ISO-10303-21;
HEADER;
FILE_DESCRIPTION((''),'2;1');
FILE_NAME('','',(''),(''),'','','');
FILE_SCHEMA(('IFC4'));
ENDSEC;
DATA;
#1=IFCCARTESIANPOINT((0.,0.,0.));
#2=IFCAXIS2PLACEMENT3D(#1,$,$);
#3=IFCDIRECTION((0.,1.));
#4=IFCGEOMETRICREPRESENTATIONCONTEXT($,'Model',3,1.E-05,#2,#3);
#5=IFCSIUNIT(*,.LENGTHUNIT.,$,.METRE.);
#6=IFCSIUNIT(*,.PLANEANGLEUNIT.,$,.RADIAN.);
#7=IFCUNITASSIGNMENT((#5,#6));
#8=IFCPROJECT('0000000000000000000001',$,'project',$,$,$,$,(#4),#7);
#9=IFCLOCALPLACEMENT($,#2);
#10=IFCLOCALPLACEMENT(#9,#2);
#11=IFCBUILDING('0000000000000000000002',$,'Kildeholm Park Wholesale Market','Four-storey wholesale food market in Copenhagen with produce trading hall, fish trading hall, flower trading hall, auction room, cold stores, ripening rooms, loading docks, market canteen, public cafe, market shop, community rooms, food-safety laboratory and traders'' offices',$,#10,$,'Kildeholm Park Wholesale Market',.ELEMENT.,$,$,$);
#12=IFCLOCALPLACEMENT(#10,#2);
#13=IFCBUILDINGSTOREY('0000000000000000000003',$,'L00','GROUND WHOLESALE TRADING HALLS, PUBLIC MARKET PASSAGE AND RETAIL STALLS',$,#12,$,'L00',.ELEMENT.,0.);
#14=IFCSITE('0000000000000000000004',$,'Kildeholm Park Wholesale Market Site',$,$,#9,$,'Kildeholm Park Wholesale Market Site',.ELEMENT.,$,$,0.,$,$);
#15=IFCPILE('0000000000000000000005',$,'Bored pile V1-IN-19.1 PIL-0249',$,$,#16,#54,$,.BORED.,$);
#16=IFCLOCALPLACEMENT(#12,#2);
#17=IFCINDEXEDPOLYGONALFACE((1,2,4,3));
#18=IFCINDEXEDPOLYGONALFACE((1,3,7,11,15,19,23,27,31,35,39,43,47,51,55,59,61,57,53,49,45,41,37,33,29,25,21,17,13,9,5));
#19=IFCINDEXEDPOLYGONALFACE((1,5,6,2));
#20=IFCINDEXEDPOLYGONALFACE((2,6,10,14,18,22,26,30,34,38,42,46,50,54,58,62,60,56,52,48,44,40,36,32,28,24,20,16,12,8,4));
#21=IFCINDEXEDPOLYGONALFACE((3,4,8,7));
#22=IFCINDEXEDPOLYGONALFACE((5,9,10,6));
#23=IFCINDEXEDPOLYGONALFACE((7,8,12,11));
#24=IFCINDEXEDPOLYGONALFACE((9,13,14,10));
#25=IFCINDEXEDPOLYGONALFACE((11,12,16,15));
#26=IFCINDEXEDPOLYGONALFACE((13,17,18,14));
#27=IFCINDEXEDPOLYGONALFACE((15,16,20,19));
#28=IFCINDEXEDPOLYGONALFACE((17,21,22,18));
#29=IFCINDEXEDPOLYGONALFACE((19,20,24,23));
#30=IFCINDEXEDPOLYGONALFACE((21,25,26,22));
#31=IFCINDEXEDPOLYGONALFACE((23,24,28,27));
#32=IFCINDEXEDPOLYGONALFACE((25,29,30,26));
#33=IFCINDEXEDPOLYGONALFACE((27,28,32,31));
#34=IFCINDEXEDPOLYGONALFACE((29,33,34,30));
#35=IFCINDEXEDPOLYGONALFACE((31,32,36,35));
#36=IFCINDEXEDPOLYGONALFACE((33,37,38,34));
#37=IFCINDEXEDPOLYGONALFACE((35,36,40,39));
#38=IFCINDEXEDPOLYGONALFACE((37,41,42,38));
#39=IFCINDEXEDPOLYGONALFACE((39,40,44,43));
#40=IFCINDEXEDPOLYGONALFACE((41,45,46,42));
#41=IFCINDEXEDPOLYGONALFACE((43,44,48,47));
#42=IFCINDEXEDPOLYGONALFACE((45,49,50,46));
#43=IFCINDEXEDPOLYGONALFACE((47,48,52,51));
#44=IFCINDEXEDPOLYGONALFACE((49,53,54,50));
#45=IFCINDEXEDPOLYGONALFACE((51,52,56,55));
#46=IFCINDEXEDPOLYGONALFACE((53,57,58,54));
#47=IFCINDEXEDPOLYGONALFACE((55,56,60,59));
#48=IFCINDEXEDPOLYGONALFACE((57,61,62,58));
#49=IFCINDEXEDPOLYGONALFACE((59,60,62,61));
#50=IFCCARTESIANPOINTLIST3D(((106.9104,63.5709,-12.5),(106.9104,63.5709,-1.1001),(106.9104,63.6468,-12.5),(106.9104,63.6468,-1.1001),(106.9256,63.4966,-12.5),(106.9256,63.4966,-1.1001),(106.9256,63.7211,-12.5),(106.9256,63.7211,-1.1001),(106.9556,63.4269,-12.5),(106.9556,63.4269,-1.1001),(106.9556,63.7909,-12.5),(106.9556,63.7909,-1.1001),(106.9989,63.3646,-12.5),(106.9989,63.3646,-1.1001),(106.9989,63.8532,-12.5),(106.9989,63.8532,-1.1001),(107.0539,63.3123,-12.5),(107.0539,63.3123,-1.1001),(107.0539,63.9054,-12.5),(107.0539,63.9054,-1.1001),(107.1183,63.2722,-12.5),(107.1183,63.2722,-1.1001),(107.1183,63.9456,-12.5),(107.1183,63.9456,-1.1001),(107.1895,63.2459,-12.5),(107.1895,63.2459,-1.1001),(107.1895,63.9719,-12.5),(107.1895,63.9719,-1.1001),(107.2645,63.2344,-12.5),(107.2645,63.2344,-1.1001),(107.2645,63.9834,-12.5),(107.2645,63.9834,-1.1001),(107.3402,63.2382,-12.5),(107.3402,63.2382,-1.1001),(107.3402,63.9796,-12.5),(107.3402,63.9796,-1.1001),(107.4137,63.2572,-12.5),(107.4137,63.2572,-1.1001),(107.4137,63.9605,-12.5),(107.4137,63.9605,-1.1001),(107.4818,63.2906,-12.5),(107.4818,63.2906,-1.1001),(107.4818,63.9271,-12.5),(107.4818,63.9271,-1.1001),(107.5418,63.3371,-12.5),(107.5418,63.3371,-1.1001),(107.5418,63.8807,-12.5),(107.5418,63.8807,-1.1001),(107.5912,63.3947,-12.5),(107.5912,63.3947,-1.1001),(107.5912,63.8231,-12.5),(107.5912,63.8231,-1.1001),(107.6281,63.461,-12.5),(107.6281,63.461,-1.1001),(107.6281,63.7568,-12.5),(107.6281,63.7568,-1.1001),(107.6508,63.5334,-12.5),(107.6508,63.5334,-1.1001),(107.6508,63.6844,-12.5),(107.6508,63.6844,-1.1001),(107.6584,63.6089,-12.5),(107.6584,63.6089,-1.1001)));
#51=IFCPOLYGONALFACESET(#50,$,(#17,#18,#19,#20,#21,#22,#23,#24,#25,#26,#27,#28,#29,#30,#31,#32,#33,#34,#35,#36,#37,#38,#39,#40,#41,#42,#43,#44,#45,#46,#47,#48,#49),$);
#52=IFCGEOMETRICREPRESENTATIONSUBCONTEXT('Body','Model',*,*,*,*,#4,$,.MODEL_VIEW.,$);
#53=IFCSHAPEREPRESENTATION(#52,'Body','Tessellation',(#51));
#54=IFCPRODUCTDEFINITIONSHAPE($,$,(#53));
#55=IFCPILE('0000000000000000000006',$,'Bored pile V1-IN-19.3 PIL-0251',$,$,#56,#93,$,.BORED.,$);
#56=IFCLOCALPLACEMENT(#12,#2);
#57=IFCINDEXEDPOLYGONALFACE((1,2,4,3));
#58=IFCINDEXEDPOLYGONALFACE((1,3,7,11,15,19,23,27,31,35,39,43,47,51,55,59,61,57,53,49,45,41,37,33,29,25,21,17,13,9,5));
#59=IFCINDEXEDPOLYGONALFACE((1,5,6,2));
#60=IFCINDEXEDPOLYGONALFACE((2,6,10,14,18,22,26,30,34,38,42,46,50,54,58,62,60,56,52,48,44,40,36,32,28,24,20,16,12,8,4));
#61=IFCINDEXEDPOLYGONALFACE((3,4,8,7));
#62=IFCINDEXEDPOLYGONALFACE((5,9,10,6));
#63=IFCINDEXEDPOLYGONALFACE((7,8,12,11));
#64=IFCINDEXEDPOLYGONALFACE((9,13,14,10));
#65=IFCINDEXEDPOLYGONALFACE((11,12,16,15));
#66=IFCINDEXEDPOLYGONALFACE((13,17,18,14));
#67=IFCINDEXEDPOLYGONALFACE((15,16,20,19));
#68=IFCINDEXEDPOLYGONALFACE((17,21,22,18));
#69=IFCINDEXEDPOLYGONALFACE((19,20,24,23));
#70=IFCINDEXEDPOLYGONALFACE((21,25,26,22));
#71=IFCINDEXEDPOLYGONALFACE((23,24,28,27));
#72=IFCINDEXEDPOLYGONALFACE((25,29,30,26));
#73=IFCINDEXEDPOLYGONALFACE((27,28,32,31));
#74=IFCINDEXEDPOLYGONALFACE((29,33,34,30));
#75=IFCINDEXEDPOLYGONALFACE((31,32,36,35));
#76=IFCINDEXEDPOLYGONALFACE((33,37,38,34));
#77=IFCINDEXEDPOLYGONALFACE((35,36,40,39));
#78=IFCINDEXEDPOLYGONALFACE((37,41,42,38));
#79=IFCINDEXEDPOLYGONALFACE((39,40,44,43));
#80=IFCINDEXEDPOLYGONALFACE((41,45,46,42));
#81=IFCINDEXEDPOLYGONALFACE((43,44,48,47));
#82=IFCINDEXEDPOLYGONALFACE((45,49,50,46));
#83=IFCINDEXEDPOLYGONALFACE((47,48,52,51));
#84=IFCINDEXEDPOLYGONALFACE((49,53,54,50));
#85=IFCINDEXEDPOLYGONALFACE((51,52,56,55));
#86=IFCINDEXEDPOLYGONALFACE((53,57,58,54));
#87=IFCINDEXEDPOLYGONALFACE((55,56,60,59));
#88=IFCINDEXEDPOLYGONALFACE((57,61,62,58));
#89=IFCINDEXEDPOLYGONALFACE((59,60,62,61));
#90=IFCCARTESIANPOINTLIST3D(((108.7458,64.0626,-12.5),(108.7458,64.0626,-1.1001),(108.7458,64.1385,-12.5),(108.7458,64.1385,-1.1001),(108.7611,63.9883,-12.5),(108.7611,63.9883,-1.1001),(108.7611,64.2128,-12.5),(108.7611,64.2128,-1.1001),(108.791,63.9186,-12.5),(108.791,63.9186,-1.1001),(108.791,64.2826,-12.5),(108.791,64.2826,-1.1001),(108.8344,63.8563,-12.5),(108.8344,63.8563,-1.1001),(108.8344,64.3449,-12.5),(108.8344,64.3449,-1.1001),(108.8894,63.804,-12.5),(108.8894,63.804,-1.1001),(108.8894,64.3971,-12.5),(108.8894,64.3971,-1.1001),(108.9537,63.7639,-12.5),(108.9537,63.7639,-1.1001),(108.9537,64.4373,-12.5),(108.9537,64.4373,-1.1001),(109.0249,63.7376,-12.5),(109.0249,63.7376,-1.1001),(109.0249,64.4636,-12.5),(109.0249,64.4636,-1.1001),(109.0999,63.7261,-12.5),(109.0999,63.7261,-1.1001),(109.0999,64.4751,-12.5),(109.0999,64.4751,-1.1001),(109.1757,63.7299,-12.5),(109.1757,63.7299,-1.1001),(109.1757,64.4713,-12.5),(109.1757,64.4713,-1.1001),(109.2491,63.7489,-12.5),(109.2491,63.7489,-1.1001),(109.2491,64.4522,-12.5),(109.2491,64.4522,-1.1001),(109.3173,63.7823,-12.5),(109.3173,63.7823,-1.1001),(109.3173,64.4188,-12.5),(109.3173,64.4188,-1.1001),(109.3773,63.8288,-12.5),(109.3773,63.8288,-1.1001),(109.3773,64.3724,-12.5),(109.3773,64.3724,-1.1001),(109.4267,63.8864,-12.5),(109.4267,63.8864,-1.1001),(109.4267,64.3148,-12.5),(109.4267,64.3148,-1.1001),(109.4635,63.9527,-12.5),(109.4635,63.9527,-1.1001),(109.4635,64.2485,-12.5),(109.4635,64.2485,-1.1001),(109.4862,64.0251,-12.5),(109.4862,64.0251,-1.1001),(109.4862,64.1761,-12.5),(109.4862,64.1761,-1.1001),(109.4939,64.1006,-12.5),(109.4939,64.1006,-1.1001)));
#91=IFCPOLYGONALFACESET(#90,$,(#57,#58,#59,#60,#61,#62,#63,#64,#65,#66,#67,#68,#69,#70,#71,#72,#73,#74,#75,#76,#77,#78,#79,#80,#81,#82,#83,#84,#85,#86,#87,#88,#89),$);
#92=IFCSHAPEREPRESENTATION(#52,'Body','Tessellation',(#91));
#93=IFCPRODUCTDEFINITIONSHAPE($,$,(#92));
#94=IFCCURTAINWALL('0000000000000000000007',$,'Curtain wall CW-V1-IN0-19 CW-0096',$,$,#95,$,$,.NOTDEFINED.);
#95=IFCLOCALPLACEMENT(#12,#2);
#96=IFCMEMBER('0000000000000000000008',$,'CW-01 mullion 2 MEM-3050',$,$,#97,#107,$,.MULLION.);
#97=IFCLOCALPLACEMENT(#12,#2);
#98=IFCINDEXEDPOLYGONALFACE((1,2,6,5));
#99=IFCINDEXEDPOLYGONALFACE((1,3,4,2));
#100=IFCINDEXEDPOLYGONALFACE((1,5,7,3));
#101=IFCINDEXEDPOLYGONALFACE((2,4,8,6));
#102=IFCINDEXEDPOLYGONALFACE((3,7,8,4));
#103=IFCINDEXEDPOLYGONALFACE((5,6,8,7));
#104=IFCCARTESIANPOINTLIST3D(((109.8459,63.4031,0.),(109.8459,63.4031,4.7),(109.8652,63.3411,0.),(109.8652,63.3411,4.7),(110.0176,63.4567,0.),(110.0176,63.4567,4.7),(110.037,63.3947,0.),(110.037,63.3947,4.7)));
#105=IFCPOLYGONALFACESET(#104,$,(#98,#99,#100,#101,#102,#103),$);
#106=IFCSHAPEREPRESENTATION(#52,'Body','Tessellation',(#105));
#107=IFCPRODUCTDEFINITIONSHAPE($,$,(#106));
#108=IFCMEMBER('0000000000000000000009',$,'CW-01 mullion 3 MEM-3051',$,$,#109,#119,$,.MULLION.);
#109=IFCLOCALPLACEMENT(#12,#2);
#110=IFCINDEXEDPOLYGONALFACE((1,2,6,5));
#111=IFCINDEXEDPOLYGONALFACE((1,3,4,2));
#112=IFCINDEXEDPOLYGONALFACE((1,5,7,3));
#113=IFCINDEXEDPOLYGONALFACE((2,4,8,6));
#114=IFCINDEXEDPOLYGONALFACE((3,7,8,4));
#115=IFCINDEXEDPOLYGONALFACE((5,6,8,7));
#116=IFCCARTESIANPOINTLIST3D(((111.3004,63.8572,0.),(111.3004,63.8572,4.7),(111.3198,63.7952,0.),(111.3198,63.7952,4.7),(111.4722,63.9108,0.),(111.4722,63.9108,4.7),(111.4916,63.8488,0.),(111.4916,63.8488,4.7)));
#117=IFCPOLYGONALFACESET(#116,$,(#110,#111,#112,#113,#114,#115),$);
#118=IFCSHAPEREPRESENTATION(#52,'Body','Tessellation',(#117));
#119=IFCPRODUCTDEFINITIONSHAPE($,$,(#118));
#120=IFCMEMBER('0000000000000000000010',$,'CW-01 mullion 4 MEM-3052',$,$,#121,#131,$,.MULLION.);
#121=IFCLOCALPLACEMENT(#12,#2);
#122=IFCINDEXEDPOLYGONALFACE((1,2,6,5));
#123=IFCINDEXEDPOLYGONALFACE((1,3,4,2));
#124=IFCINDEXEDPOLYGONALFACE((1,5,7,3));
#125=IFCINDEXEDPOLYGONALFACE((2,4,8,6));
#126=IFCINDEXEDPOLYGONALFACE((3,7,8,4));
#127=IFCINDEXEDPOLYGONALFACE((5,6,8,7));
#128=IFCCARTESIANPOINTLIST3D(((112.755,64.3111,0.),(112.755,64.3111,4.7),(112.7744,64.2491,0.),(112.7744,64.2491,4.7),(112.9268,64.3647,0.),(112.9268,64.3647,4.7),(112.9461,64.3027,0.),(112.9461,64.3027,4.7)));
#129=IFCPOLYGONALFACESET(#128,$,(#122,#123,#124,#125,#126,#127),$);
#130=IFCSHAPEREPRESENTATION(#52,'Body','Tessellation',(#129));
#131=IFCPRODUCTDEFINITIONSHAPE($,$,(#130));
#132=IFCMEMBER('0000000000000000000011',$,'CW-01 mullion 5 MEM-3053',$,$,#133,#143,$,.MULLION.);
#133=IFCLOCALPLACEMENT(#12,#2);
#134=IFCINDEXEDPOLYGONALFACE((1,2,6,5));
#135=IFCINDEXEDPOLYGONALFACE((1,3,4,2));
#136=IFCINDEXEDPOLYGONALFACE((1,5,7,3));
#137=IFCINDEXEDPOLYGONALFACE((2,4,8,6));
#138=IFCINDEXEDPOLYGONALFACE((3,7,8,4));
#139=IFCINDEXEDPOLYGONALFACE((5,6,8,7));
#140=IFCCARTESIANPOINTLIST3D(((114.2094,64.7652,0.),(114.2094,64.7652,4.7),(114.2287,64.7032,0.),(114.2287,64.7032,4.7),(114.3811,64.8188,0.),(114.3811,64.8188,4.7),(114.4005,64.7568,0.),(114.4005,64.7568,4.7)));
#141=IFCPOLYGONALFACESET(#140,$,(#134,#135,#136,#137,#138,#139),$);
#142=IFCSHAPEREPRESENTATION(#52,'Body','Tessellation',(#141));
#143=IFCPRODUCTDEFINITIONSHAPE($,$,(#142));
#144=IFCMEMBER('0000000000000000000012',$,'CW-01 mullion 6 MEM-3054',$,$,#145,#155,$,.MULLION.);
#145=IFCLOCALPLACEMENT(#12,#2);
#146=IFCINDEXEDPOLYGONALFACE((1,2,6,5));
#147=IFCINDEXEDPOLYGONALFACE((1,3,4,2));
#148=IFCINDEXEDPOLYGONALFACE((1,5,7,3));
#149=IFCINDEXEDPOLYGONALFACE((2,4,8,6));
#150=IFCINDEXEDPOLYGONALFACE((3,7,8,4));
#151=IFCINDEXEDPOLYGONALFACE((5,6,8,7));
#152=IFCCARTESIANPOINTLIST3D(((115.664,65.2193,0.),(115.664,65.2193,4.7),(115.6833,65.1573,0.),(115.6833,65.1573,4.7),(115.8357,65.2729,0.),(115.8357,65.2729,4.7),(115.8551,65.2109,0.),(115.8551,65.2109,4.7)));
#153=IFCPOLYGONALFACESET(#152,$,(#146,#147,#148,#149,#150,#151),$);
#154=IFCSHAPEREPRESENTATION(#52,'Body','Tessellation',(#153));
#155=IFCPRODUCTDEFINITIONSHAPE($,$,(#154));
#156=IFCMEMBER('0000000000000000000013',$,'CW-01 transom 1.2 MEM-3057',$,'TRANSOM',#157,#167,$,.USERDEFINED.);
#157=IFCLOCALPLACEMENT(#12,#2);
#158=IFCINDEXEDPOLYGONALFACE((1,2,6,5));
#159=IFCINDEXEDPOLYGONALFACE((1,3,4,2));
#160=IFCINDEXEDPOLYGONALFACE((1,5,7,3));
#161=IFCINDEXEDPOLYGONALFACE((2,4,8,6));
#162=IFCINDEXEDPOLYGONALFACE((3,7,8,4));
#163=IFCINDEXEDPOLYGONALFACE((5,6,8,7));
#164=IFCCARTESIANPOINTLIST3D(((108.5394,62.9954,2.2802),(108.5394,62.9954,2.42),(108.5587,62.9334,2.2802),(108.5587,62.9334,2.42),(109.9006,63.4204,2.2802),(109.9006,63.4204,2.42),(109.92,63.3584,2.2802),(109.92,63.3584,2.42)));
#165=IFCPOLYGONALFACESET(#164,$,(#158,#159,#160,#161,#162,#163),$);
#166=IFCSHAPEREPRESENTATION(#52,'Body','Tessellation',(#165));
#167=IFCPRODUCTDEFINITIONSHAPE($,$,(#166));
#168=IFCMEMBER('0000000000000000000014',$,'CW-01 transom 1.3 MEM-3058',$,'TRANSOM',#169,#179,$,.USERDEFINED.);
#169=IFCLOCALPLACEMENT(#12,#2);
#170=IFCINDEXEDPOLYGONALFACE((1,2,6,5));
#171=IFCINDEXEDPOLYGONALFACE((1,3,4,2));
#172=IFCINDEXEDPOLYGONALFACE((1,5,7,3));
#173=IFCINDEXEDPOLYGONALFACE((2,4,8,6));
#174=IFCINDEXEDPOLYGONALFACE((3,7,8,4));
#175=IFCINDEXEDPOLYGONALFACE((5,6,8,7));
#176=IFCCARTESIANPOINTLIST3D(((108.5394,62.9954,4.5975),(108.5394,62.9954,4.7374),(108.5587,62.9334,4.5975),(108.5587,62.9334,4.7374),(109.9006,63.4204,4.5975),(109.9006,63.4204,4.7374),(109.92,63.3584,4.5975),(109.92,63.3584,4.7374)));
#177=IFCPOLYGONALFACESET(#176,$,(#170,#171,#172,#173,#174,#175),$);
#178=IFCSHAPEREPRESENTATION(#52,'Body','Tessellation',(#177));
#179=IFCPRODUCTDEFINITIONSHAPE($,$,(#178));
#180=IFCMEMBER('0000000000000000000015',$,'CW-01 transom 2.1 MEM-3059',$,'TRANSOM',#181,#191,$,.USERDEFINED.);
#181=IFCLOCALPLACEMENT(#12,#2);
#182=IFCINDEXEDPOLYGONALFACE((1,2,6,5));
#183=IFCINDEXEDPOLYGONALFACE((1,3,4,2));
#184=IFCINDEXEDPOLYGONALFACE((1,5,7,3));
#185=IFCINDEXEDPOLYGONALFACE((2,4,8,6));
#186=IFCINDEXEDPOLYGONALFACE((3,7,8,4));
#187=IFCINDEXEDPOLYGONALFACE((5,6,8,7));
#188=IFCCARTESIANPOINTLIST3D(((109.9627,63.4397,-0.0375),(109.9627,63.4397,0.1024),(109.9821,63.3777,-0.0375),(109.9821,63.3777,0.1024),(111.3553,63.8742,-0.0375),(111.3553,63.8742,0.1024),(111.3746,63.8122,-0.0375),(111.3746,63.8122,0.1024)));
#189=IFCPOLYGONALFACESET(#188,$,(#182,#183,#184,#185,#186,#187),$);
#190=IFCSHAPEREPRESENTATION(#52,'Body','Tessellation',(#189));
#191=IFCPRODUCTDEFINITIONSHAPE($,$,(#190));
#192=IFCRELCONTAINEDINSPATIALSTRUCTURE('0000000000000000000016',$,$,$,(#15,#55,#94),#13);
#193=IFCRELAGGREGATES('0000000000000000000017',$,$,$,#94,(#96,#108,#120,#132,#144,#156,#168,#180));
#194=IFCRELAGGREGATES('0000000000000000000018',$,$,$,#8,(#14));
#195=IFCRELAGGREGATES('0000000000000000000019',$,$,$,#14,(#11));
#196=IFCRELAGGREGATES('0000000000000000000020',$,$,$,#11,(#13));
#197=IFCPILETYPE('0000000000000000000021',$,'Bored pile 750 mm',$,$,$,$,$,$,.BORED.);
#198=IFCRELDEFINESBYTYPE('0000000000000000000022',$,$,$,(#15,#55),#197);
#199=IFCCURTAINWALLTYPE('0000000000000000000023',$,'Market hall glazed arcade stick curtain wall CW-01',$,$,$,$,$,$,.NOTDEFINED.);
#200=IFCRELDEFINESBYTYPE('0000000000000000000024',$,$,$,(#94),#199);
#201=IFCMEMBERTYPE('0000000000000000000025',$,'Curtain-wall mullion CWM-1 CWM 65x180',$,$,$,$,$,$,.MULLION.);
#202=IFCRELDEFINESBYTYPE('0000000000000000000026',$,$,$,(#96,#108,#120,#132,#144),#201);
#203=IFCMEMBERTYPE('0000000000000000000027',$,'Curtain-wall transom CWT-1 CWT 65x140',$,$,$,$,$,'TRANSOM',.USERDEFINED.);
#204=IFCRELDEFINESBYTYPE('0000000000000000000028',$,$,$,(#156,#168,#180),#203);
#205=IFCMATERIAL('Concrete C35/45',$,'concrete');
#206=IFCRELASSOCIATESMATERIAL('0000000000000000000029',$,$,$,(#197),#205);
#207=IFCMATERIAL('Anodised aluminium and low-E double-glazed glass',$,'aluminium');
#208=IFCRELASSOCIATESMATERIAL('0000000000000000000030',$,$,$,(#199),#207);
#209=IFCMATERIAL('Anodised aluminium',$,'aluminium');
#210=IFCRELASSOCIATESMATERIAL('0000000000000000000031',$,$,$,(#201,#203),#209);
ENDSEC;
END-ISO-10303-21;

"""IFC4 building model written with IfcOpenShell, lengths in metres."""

from ifc_helpers import new_model, si_unit, direction, frame, origin, origin_2d, place, context, subcontext, project, spatial, rectangle, circle, extrude, material, material_profile, profile_set, type_object, element, aggregate, save


model = new_model("IFC4")

# Units and contexts
model_context = context("Model", 3, precision=1e-05, world=origin(), true_north=direction((0.0, 1.0)))
body_context = subcontext(model_context, "Body", "Model", "MODEL_VIEW")
ifc_project = project(units=[si_unit("LENGTHUNIT", "METRE"), si_unit("PLANEANGLEUNIT", "RADIAN")], contexts=[model_context])

# Site, building, storey
site_placement = place(None, origin())
site = spatial("IfcSite", under=ifc_project, at=site_placement, Name="Kildeholm Park Wholesale Market Site", LongName="Kildeholm Park Wholesale Market Site", CompositionType="ELEMENT", RefElevation=0.0)
building_placement = place(site_placement, origin())
building = spatial("IfcBuilding", under=site, at=building_placement, Name="Kildeholm Park Wholesale Market", Description="Four-storey wholesale food market in Copenhagen with produce trading hall, fish trading hall, flower trading hall, auction room, cold stores, ripening rooms, loading docks, market canteen, public cafe, market shop, community rooms, food-safety laboratory and traders' offices", LongName="Kildeholm Park Wholesale Market", CompositionType="ELEMENT")
storey_placement = place(building_placement, origin())
storey = spatial("IfcBuildingStorey", under=building, at=storey_placement, Name="L00", Description="GROUND WHOLESALE TRADING HALLS, PUBLIC MARKET PASSAGE AND RETAIL STALLS", LongName="L00", CompositionType="ELEMENT", Elevation=0.0)

# Piles
ifc_material_1 = material(Name="Concrete C35/45", Category="concrete")
ifc_material_profile_1 = material_profile(ifc_material_1, circle(Radius=0.375, at=origin_2d()), Name="PILE D750")
ifc_profile_set_1 = profile_set([ifc_material_profile_1], Name="Concrete C35/45")
pile_type = type_object("IfcPileType", Name="Bored pile 750 mm", PredefinedType="BORED", material=ifc_profile_set_1)
for number, where, z_axis, x_axis, name in (
    (1, (107.2834, 63.6089, -1.1001), (0.0, 0.0, -1.0), (1.0, 0.0, 0.0), "Bored pile V1-IN-19.1 PIL-0249"),
    (2, (109.1189, 64.1006, -1.1001), (0.0, 0.0, -1.0), (1.0, 0.0, 0.0), "Bored pile V1-IN-19.3 PIL-0251"),
):
    element("IfcPile", number, at=place(storey_placement, frame(where, z_axis=z_axis, x_axis=x_axis)), inside=storey, type_object=pile_type, Name=name, PredefinedType="BORED", context=body_context, shape_type="SweptSolid", body=[
        extrude(circle(Radius=0.375, at=origin_2d()), origin(), (0.0, 0.0, 1.0), 11.3999),
    ])

# Curtain wall, members
ifc_material_2 = material(Name="Anodised aluminium and low-E double-glazed glass", Category="aluminium")
curtain_wall_type = type_object("IfcCurtainWallType", Name="Market hall glazed arcade stick curtain wall CW-01", PredefinedType="NOTDEFINED", material=ifc_material_2)
curtain_wall_placement = place(storey_placement, origin())
curtain_wall = element("IfcCurtainWall", 3, at=curtain_wall_placement, inside=storey, type_object=curtain_wall_type, Name="Curtain wall CW-V1-IN0-19 CW-0096", PredefinedType="NOTDEFINED")
ifc_material_3 = material(Name="Anodised aluminium", Category="aluminium")
ifc_material_profile_2 = material_profile(ifc_material_3, rectangle(XDim=0.0649, YDim=0.1799, at=origin_2d()), Name="CWM 65x180")
ifc_profile_set_2 = profile_set([ifc_material_profile_2], Name="Anodised aluminium")
member_type_1 = type_object("IfcMemberType", Name="Curtain-wall mullion CWM-1 CWM 65x180", PredefinedType="MULLION", material=ifc_profile_set_2)
member_1_placement = place(storey_placement, frame((109.9414, 63.3989, 0.0), z_axis=(0.0, 0.0, 1.0), x_axis=(-0.297957, 0.954579, 0.0)))
member_1 = element("IfcMember", 4, at=member_1_placement, type_object=member_type_1, Name="CW-01 mullion 2 MEM-3050", PredefinedType="MULLION", context=body_context, shape_type="SweptSolid", body=[
    extrude(rectangle(XDim=0.0649, YDim=0.1799, at=origin_2d()), origin(), (0.0, 0.0, 1.0), 4.7),
])
member_2_placement = place(storey_placement, frame((111.396, 63.853, 0.0), z_axis=(0.0, 0.0, 1.0), x_axis=(-0.297957, 0.954579, 0.0)))
member_2 = element("IfcMember", 5, at=member_2_placement, type_object=member_type_1, Name="CW-01 mullion 3 MEM-3051", PredefinedType="MULLION", context=body_context, shape_type="SweptSolid", body=[
    extrude(rectangle(XDim=0.0649, YDim=0.1799, at=origin_2d()), origin(), (0.0, 0.0, 1.0), 4.7),
])
member_3_placement = place(storey_placement, frame((112.8506, 64.3069, 0.0), z_axis=(0.0, 0.0, 1.0), x_axis=(-0.297957, 0.954579, 0.0)))
member_3 = element("IfcMember", 6, at=member_3_placement, type_object=member_type_1, Name="CW-01 mullion 4 MEM-3052", PredefinedType="MULLION", context=body_context, shape_type="SweptSolid", body=[
    extrude(rectangle(XDim=0.0649, YDim=0.1799, at=origin_2d()), origin(), (0.0, 0.0, 1.0), 4.7),
])
member_4_placement = place(storey_placement, frame((114.3049, 64.761, 0.0), z_axis=(0.0, 0.0, 1.0), x_axis=(-0.297957, 0.954579, 0.0)))
member_4 = element("IfcMember", 7, at=member_4_placement, type_object=member_type_1, Name="CW-01 mullion 5 MEM-3053", PredefinedType="MULLION", context=body_context, shape_type="SweptSolid", body=[
    extrude(rectangle(XDim=0.0649, YDim=0.1799, at=origin_2d()), origin(), (0.0, 0.0, 1.0), 4.7),
])
member_5_placement = place(storey_placement, frame((115.7595, 65.2151, 0.0), z_axis=(0.0, 0.0, 1.0), x_axis=(-0.297957, 0.954579, 0.0)))
member_5 = element("IfcMember", 8, at=member_5_placement, type_object=member_type_1, Name="CW-01 mullion 6 MEM-3054", PredefinedType="MULLION", context=body_context, shape_type="SweptSolid", body=[
    extrude(rectangle(XDim=0.0649, YDim=0.1799, at=origin_2d()), origin(), (0.0, 0.0, 1.0), 4.7),
])
ifc_material_profile_3 = material_profile(ifc_material_3, rectangle(XDim=0.0649, YDim=0.1399, at=origin_2d()), Name="CWT 65x140")
ifc_profile_set_3 = profile_set([ifc_material_profile_3], Name="Anodised aluminium")
member_type_2 = type_object("IfcMemberType", Name="Curtain-wall transom CWT-1 CWT 65x140", ElementType="TRANSOM", PredefinedType="USERDEFINED", material=ifc_profile_set_3)
member_6_placement = place(storey_placement, frame((108.5491, 62.9644, 2.3501), z_axis=(0.954553, 0.298041, 0.0), x_axis=(-0.298041, 0.954553, 0.0)))
member_6 = element("IfcMember", 9, at=member_6_placement, type_object=member_type_2, Name="CW-01 transom 1.2 MEM-3057", ObjectType="TRANSOM", PredefinedType="USERDEFINED", context=body_context, shape_type="SweptSolid", body=[
    extrude(rectangle(XDim=0.0649, YDim=0.1399, at=origin_2d()), origin(), (0.0, 0.0, 1.0), 1.426),
])
member_7_placement = place(storey_placement, frame((108.5491, 62.9644, 4.6675), z_axis=(0.954553, 0.298041, 0.0), x_axis=(-0.298041, 0.954553, 0.0)))
member_7 = element("IfcMember", 10, at=member_7_placement, type_object=member_type_2, Name="CW-01 transom 1.3 MEM-3058", ObjectType="TRANSOM", PredefinedType="USERDEFINED", context=body_context, shape_type="SweptSolid", body=[
    extrude(rectangle(XDim=0.0649, YDim=0.1399, at=origin_2d()), origin(), (0.0, 0.0, 1.0), 1.426),
])
member_8_placement = place(storey_placement, frame((109.9724, 63.4087, 0.0325), z_axis=(0.954599, 0.297894, 0.0), x_axis=(-0.297894, 0.954599, 0.0)))
member_8 = element("IfcMember", 11, at=member_8_placement, type_object=member_type_2, Name="CW-01 transom 2.1 MEM-3059", ObjectType="TRANSOM", PredefinedType="USERDEFINED", context=body_context, shape_type="SweptSolid", body=[
    extrude(rectangle(XDim=0.0649, YDim=0.1399, at=origin_2d()), origin(), (0.0, 0.0, 1.0), 1.4587),
])
aggregate(curtain_wall, [member_1, member_2, member_3, member_4, member_5, member_6, member_7, member_8])

save(model, "model.ifc")
